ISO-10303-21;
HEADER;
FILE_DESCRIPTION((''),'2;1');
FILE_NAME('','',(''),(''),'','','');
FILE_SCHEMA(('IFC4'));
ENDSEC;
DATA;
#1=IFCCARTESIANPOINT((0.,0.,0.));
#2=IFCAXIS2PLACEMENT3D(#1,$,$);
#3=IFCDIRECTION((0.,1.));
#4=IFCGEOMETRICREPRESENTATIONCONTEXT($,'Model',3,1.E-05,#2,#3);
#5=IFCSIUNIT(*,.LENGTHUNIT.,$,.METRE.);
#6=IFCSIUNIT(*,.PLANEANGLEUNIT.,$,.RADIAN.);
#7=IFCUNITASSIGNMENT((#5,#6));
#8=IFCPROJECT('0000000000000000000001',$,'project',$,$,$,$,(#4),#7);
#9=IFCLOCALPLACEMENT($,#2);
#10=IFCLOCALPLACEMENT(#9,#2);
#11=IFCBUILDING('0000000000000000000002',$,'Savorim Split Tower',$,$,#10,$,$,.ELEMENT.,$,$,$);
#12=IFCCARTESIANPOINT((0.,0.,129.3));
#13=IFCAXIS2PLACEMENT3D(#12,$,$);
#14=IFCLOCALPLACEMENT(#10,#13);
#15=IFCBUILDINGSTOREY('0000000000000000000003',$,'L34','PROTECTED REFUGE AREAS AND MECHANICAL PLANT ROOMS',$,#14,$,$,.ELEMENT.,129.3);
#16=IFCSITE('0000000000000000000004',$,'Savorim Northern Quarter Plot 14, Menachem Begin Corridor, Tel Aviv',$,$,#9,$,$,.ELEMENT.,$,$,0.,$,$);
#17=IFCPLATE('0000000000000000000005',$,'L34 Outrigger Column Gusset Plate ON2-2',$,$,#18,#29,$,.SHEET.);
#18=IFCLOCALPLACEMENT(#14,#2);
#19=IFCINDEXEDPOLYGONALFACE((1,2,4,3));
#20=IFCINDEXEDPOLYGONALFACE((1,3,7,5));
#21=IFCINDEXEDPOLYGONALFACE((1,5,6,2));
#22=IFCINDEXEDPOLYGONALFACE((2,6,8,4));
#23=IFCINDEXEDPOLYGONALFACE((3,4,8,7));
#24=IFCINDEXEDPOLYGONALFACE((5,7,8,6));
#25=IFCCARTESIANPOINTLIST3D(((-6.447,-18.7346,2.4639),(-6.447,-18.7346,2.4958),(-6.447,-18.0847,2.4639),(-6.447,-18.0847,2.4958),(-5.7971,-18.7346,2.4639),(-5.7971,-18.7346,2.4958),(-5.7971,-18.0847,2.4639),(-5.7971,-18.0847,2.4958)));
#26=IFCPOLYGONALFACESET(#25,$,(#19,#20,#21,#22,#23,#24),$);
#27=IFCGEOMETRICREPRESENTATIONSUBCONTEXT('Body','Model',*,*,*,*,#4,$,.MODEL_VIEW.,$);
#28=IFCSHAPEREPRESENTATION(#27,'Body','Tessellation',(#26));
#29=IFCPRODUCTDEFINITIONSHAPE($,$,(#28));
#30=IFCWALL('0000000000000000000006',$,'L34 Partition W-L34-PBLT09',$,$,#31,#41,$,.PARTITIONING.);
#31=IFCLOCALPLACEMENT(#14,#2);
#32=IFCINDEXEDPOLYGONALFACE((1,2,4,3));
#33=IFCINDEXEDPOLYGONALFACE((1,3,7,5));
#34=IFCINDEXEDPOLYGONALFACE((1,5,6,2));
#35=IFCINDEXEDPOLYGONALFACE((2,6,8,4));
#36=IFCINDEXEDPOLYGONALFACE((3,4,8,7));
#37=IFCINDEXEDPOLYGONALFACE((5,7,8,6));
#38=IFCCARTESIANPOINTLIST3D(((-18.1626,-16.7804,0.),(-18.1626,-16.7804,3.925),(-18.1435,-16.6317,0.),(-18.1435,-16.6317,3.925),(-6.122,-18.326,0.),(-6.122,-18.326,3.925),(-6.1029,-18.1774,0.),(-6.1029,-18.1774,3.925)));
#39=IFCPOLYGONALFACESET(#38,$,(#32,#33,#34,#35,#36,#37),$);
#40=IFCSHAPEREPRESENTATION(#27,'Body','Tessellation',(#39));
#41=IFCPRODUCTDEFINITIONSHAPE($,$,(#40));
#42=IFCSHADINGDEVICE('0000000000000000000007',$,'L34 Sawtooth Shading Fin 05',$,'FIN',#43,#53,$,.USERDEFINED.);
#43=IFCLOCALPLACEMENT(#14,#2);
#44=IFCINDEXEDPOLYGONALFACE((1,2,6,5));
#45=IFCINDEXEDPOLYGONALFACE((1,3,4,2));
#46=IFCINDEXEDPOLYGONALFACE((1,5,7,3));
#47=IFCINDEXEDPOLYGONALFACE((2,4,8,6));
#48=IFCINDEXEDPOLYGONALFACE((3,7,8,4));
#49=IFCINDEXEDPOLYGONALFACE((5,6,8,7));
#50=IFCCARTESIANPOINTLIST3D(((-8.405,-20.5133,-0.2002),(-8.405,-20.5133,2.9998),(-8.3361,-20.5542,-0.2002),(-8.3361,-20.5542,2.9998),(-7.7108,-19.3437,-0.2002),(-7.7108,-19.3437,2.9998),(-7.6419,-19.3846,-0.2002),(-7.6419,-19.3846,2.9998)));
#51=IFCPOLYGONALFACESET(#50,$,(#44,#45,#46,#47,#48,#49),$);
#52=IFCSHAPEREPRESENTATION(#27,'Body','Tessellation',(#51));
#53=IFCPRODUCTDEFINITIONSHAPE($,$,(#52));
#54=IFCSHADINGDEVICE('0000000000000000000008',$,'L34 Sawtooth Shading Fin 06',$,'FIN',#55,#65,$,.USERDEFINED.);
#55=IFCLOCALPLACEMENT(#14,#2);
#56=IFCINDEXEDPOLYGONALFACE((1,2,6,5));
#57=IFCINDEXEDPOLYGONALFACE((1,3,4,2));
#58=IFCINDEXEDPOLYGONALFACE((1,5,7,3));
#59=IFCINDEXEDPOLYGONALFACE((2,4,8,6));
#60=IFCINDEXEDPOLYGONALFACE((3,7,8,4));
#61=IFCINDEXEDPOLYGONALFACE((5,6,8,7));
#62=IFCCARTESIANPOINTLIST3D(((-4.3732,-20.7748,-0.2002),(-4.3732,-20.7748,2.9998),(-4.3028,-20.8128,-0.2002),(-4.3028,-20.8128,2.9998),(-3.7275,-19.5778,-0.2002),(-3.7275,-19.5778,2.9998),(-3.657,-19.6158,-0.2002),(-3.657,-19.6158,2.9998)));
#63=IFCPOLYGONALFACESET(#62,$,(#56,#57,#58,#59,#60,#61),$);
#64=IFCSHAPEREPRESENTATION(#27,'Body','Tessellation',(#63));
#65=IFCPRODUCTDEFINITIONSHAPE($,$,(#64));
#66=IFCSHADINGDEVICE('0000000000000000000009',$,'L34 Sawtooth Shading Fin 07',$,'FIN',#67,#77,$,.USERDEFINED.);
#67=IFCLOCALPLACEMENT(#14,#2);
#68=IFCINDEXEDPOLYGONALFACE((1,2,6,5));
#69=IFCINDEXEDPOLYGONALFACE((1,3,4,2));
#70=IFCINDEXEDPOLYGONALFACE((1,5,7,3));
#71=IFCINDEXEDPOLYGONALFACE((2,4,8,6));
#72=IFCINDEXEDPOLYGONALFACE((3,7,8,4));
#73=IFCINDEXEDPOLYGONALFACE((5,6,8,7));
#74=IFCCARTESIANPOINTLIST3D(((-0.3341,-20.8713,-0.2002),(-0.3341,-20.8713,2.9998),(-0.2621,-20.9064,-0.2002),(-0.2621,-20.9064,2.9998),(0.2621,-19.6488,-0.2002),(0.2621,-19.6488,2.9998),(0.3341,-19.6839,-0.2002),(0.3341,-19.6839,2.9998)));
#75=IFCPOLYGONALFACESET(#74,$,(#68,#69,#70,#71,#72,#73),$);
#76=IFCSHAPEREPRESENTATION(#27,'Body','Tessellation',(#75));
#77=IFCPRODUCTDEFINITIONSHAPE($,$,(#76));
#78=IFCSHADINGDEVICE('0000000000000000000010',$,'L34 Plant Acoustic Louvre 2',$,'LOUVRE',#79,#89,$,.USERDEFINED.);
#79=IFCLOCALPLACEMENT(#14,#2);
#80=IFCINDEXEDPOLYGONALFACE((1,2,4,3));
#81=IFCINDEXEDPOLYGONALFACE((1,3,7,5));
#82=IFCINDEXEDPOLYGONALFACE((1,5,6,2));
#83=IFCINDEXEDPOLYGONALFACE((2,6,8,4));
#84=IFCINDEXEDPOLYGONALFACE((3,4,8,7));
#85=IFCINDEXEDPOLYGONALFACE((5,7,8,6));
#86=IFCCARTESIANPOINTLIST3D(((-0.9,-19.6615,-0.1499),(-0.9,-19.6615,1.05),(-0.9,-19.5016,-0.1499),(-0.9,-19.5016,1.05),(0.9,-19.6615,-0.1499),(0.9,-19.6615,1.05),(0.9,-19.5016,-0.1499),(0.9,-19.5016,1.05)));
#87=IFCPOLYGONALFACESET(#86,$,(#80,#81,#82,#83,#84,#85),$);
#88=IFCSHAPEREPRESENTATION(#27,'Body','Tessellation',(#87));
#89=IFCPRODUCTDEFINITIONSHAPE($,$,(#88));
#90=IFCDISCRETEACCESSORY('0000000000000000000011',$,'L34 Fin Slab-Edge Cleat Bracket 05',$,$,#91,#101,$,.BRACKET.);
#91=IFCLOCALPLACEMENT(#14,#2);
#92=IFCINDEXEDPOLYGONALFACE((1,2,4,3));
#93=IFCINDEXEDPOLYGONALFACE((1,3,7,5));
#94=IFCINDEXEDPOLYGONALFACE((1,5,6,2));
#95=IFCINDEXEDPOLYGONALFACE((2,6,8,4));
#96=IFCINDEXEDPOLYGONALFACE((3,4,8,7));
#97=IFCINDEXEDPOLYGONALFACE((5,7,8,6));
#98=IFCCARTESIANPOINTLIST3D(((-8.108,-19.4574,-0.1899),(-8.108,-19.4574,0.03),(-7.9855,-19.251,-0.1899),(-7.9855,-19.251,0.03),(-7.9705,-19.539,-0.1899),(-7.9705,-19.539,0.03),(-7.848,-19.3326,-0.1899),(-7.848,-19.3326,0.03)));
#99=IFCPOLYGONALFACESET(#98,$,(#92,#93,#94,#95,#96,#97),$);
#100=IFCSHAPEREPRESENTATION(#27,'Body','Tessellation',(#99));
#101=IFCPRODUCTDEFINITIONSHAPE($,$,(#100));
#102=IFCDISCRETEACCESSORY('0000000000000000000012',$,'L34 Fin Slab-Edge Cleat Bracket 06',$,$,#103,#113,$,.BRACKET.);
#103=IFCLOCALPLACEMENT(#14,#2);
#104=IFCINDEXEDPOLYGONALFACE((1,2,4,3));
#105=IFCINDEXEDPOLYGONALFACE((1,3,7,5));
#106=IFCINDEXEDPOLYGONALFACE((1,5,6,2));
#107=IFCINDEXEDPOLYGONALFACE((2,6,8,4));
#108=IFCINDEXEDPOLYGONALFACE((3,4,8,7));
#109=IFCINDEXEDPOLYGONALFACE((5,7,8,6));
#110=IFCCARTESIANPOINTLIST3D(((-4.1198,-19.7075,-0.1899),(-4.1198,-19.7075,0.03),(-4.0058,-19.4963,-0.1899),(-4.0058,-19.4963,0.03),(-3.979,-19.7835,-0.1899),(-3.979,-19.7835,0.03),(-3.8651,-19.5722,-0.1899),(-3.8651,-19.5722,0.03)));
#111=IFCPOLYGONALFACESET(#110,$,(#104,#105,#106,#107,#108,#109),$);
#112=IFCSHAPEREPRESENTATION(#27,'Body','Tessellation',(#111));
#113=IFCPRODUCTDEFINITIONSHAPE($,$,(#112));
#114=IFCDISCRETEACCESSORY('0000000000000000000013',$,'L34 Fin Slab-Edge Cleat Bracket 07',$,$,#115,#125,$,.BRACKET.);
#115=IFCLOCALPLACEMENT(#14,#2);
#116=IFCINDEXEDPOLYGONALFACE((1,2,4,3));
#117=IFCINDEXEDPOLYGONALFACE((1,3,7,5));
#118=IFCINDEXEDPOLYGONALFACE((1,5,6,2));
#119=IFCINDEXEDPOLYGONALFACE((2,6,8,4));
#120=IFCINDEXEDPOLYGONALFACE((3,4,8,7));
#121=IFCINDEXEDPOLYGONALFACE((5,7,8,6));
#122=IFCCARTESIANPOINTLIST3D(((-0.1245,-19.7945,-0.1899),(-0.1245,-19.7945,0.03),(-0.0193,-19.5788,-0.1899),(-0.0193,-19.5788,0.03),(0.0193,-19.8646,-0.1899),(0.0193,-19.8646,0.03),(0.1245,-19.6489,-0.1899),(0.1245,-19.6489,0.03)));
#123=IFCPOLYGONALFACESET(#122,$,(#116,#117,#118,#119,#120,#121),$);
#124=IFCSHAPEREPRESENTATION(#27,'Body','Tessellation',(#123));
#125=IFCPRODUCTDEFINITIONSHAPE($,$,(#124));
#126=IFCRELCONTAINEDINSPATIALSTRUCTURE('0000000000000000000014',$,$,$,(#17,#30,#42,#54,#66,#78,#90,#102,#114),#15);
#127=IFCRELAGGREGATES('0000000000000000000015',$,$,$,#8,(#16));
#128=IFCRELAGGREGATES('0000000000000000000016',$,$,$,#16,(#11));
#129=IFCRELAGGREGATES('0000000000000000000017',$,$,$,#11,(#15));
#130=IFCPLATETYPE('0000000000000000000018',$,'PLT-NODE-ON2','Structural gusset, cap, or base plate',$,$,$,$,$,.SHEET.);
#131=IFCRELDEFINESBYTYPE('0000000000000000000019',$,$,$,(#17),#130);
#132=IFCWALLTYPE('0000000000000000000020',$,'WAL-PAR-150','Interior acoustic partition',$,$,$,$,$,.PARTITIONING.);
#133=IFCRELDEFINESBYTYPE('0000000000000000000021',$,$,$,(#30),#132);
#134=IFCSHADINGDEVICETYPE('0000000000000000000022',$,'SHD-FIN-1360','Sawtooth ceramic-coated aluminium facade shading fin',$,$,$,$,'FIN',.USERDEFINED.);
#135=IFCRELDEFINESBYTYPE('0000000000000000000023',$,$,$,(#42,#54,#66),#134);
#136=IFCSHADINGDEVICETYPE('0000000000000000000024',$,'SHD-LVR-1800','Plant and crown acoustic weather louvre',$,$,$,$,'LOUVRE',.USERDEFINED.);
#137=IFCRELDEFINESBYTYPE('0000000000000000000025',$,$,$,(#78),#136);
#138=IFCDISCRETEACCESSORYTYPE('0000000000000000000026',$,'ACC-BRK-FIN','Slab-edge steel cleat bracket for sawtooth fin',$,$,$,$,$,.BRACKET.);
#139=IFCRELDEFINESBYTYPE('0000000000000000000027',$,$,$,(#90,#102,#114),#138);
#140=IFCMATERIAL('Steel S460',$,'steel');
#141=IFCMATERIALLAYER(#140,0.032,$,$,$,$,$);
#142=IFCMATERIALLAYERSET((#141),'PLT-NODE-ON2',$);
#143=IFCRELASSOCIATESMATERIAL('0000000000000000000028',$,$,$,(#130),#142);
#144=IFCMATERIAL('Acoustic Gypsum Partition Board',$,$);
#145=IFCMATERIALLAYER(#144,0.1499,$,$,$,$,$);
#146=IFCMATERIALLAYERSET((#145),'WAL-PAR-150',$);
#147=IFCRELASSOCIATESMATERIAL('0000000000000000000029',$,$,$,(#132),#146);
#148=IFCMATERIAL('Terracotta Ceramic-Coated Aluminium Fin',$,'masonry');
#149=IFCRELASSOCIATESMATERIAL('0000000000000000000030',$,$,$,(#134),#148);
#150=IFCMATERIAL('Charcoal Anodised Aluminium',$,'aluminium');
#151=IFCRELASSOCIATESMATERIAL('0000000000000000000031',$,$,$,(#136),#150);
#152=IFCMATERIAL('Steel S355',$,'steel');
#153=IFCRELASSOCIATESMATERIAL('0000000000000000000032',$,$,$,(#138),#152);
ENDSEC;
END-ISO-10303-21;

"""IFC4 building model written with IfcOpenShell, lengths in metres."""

from ifc_helpers import new_model, si_unit, direction, frame, frame_2d, origin, origin_2d, place, context, subcontext, project, spatial, rectangle, extrude, material, layer, layer_set, type_object, element, save


model = new_model("IFC4")

# Units and contexts
model_context = context("Model", 3, precision=1e-05, world=origin(), true_north=direction((0.0, 1.0)))
body_context = subcontext(model_context, "Body", "Model", "MODEL_VIEW")
ifc_project = project(units=[si_unit("LENGTHUNIT", "METRE"), si_unit("PLANEANGLEUNIT", "RADIAN")], contexts=[model_context])

# Site, building, storey
site_placement = place(None, origin())
site = spatial("IfcSite", under=ifc_project, at=site_placement, Name="Savorim Northern Quarter Plot 14, Menachem Begin Corridor, Tel Aviv", CompositionType="ELEMENT", RefElevation=0.0)
building_placement = place(site_placement, origin())
building = spatial("IfcBuilding", under=site, at=building_placement, Name="Savorim Split Tower", CompositionType="ELEMENT")
storey_placement = place(building_placement, frame((0.0, 0.0, 129.3)))
storey = spatial("IfcBuildingStorey", under=building, at=storey_placement, Name="L34", Description="PROTECTED REFUGE AREAS AND MECHANICAL PLANT ROOMS", CompositionType="ELEMENT", Elevation=129.3)

# Shared definitions
ifc_material_1 = material(Name="Steel S460", Category="steel")

# Shared definitions
ifc_material_2 = material(Name="Steel S355", Category="steel")

# Shared definitions
ifc_material_3 = material(Name="Charcoal Anodised Aluminium", Category="aluminium")

# Plate
ifc_layer_1 = layer(ifc_material_1, 0.032)
ifc_layer_set_1 = layer_set([ifc_layer_1], Name="PLT-NODE-ON2")
plate_type_1 = type_object("IfcPlateType", Name="PLT-NODE-ON2", Description="Structural gusset, cap, or base plate", PredefinedType="SHEET", material=ifc_layer_set_1)
plate_1_placement = place(storey_placement, frame((-6.1221, -18.4097, 2.4639), z_axis=(0.0, 0.0, 1.0), x_axis=(1.0, 0.0, 0.0)))
element("IfcPlate", 1, at=plate_1_placement, inside=storey, type_object=plate_type_1, Name="L34 Outrigger Column Gusset Plate ON2-2", PredefinedType="SHEET", context=body_context, shape_type="SweptSolid", body=[
    extrude(rectangle(XDim=0.6499, YDim=0.6499, at=origin_2d()), origin(), (0.0, 0.0, 1.0), 0.032),
])

# Wall
ifc_material_4 = material(Name="Acoustic Gypsum Partition Board")
ifc_layer_2 = layer(ifc_material_4, 0.1499)
ifc_layer_set_2 = layer_set([ifc_layer_2], Name="WAL-PAR-150")
wall_type = type_object("IfcWallType", Name="WAL-PAR-150", Description="Interior acoustic partition", PredefinedType="PARTITIONING", material=ifc_layer_set_2)
wall_placement = place(storey_placement, frame((-6.1123, -18.2517, 0.0), z_axis=(0.0, 0.0, 1.0), x_axis=(-0.991861, 0.127326, 0.0)))
element("IfcWall", 2, at=wall_placement, inside=storey, type_object=wall_type, Name="L34 Partition W-L34-PBLT09", PredefinedType="PARTITIONING", context=body_context, shape_type="SweptSolid", body=[
    extrude(rectangle(XDim=12.1394, YDim=0.1499, at=frame_2d((6.0698, 0.0))), origin(), (0.0, 0.0, 1.0), 3.925),
])

# Shading devices
ifc_material_5 = material(Name="Terracotta Ceramic-Coated Aluminium Fin", Category="masonry")
shading_device_type_1 = type_object("IfcShadingDeviceType", Name="SHD-FIN-1360", Description="Sawtooth ceramic-coated aluminium facade shading fin", ElementType="FIN", PredefinedType="USERDEFINED", material=ifc_material_5)
for number, where, z_axis, x_axis, name in (
    (3, (-8.0234, -19.949, -0.2002), (0.0, 0.0, 1.0), (-0.510391, -0.859942, 0.0), "L34 Sawtooth Shading Fin 05"),
    (4, (-4.0151, -20.1953, -0.2002), (0.0, 0.0, 1.0), (-0.474778, -0.880106, 0.0), "L34 Sawtooth Shading Fin 06"),
    (5, (0.0, -20.2776, -0.2002), (0.0, 0.0, 1.0), (-0.438371, -0.898794, 0.0), "L34 Sawtooth Shading Fin 07"),
):
    element("IfcShadingDevice", number, at=place(storey_placement, frame(where, z_axis=z_axis, x_axis=x_axis)), inside=storey, type_object=shading_device_type_1, Name=name, ObjectType="FIN", PredefinedType="USERDEFINED", context=body_context, shape_type="SweptSolid", body=[
        extrude(rectangle(XDim=1.3601, YDim=0.0801, at=origin_2d()), origin(), (0.0, 0.0, 1.0), 3.2),
    ])
shading_device_type_2 = type_object("IfcShadingDeviceType", Name="SHD-LVR-1800", Description="Plant and crown acoustic weather louvre", ElementType="LOUVRE", PredefinedType="USERDEFINED", material=ifc_material_3)
shading_device_placement = place(storey_placement, frame((0.0, -19.5815, -0.1499), z_axis=(0.0, 0.0, 1.0), x_axis=(1.0, 0.0, 0.0)))
element("IfcShadingDevice", 6, at=shading_device_placement, inside=storey, type_object=shading_device_type_2, Name="L34 Plant Acoustic Louvre 2", ObjectType="LOUVRE", PredefinedType="USERDEFINED", context=body_context, shape_type="SweptSolid", body=[
    extrude(rectangle(XDim=1.8, YDim=0.1599, at=origin_2d()), origin(), (0.0, 0.0, 1.0), 1.2),
])

# Discrete accessories
discrete_accessory_type = type_object("IfcDiscreteAccessoryType", Name="ACC-BRK-FIN", Description="Slab-edge steel cleat bracket for sawtooth fin", PredefinedType="BRACKET", material=ifc_material_2)
for number, where, z_axis, x_axis, name in (
    (7, (-7.978, -19.395, -0.1899), (0.0, 0.0, 1.0), (-0.510391, -0.859942, 0.0), "L34 Fin Slab-Edge Cleat Bracket 05"),
    (8, (-3.9924, -19.6399, -0.1899), (0.0, 0.0, 1.0), (-0.474778, -0.880106, 0.0), "L34 Fin Slab-Edge Cleat Bracket 06"),
    (9, (0.0, -19.7217, -0.1899), (0.0, 0.0, 1.0), (-0.438371, -0.898794, 0.0), "L34 Fin Slab-Edge Cleat Bracket 07"),
):
    element("IfcDiscreteAccessory", number, at=place(storey_placement, frame(where, z_axis=z_axis, x_axis=x_axis)), inside=storey, type_object=discrete_accessory_type, Name=name, PredefinedType="BRACKET", context=body_context, shape_type="SweptSolid", body=[
        extrude(rectangle(XDim=0.24, YDim=0.1599, at=origin_2d()), origin(), (0.0, 0.0, 1.0), 0.22),
    ])

save(model, "model.ifc")
